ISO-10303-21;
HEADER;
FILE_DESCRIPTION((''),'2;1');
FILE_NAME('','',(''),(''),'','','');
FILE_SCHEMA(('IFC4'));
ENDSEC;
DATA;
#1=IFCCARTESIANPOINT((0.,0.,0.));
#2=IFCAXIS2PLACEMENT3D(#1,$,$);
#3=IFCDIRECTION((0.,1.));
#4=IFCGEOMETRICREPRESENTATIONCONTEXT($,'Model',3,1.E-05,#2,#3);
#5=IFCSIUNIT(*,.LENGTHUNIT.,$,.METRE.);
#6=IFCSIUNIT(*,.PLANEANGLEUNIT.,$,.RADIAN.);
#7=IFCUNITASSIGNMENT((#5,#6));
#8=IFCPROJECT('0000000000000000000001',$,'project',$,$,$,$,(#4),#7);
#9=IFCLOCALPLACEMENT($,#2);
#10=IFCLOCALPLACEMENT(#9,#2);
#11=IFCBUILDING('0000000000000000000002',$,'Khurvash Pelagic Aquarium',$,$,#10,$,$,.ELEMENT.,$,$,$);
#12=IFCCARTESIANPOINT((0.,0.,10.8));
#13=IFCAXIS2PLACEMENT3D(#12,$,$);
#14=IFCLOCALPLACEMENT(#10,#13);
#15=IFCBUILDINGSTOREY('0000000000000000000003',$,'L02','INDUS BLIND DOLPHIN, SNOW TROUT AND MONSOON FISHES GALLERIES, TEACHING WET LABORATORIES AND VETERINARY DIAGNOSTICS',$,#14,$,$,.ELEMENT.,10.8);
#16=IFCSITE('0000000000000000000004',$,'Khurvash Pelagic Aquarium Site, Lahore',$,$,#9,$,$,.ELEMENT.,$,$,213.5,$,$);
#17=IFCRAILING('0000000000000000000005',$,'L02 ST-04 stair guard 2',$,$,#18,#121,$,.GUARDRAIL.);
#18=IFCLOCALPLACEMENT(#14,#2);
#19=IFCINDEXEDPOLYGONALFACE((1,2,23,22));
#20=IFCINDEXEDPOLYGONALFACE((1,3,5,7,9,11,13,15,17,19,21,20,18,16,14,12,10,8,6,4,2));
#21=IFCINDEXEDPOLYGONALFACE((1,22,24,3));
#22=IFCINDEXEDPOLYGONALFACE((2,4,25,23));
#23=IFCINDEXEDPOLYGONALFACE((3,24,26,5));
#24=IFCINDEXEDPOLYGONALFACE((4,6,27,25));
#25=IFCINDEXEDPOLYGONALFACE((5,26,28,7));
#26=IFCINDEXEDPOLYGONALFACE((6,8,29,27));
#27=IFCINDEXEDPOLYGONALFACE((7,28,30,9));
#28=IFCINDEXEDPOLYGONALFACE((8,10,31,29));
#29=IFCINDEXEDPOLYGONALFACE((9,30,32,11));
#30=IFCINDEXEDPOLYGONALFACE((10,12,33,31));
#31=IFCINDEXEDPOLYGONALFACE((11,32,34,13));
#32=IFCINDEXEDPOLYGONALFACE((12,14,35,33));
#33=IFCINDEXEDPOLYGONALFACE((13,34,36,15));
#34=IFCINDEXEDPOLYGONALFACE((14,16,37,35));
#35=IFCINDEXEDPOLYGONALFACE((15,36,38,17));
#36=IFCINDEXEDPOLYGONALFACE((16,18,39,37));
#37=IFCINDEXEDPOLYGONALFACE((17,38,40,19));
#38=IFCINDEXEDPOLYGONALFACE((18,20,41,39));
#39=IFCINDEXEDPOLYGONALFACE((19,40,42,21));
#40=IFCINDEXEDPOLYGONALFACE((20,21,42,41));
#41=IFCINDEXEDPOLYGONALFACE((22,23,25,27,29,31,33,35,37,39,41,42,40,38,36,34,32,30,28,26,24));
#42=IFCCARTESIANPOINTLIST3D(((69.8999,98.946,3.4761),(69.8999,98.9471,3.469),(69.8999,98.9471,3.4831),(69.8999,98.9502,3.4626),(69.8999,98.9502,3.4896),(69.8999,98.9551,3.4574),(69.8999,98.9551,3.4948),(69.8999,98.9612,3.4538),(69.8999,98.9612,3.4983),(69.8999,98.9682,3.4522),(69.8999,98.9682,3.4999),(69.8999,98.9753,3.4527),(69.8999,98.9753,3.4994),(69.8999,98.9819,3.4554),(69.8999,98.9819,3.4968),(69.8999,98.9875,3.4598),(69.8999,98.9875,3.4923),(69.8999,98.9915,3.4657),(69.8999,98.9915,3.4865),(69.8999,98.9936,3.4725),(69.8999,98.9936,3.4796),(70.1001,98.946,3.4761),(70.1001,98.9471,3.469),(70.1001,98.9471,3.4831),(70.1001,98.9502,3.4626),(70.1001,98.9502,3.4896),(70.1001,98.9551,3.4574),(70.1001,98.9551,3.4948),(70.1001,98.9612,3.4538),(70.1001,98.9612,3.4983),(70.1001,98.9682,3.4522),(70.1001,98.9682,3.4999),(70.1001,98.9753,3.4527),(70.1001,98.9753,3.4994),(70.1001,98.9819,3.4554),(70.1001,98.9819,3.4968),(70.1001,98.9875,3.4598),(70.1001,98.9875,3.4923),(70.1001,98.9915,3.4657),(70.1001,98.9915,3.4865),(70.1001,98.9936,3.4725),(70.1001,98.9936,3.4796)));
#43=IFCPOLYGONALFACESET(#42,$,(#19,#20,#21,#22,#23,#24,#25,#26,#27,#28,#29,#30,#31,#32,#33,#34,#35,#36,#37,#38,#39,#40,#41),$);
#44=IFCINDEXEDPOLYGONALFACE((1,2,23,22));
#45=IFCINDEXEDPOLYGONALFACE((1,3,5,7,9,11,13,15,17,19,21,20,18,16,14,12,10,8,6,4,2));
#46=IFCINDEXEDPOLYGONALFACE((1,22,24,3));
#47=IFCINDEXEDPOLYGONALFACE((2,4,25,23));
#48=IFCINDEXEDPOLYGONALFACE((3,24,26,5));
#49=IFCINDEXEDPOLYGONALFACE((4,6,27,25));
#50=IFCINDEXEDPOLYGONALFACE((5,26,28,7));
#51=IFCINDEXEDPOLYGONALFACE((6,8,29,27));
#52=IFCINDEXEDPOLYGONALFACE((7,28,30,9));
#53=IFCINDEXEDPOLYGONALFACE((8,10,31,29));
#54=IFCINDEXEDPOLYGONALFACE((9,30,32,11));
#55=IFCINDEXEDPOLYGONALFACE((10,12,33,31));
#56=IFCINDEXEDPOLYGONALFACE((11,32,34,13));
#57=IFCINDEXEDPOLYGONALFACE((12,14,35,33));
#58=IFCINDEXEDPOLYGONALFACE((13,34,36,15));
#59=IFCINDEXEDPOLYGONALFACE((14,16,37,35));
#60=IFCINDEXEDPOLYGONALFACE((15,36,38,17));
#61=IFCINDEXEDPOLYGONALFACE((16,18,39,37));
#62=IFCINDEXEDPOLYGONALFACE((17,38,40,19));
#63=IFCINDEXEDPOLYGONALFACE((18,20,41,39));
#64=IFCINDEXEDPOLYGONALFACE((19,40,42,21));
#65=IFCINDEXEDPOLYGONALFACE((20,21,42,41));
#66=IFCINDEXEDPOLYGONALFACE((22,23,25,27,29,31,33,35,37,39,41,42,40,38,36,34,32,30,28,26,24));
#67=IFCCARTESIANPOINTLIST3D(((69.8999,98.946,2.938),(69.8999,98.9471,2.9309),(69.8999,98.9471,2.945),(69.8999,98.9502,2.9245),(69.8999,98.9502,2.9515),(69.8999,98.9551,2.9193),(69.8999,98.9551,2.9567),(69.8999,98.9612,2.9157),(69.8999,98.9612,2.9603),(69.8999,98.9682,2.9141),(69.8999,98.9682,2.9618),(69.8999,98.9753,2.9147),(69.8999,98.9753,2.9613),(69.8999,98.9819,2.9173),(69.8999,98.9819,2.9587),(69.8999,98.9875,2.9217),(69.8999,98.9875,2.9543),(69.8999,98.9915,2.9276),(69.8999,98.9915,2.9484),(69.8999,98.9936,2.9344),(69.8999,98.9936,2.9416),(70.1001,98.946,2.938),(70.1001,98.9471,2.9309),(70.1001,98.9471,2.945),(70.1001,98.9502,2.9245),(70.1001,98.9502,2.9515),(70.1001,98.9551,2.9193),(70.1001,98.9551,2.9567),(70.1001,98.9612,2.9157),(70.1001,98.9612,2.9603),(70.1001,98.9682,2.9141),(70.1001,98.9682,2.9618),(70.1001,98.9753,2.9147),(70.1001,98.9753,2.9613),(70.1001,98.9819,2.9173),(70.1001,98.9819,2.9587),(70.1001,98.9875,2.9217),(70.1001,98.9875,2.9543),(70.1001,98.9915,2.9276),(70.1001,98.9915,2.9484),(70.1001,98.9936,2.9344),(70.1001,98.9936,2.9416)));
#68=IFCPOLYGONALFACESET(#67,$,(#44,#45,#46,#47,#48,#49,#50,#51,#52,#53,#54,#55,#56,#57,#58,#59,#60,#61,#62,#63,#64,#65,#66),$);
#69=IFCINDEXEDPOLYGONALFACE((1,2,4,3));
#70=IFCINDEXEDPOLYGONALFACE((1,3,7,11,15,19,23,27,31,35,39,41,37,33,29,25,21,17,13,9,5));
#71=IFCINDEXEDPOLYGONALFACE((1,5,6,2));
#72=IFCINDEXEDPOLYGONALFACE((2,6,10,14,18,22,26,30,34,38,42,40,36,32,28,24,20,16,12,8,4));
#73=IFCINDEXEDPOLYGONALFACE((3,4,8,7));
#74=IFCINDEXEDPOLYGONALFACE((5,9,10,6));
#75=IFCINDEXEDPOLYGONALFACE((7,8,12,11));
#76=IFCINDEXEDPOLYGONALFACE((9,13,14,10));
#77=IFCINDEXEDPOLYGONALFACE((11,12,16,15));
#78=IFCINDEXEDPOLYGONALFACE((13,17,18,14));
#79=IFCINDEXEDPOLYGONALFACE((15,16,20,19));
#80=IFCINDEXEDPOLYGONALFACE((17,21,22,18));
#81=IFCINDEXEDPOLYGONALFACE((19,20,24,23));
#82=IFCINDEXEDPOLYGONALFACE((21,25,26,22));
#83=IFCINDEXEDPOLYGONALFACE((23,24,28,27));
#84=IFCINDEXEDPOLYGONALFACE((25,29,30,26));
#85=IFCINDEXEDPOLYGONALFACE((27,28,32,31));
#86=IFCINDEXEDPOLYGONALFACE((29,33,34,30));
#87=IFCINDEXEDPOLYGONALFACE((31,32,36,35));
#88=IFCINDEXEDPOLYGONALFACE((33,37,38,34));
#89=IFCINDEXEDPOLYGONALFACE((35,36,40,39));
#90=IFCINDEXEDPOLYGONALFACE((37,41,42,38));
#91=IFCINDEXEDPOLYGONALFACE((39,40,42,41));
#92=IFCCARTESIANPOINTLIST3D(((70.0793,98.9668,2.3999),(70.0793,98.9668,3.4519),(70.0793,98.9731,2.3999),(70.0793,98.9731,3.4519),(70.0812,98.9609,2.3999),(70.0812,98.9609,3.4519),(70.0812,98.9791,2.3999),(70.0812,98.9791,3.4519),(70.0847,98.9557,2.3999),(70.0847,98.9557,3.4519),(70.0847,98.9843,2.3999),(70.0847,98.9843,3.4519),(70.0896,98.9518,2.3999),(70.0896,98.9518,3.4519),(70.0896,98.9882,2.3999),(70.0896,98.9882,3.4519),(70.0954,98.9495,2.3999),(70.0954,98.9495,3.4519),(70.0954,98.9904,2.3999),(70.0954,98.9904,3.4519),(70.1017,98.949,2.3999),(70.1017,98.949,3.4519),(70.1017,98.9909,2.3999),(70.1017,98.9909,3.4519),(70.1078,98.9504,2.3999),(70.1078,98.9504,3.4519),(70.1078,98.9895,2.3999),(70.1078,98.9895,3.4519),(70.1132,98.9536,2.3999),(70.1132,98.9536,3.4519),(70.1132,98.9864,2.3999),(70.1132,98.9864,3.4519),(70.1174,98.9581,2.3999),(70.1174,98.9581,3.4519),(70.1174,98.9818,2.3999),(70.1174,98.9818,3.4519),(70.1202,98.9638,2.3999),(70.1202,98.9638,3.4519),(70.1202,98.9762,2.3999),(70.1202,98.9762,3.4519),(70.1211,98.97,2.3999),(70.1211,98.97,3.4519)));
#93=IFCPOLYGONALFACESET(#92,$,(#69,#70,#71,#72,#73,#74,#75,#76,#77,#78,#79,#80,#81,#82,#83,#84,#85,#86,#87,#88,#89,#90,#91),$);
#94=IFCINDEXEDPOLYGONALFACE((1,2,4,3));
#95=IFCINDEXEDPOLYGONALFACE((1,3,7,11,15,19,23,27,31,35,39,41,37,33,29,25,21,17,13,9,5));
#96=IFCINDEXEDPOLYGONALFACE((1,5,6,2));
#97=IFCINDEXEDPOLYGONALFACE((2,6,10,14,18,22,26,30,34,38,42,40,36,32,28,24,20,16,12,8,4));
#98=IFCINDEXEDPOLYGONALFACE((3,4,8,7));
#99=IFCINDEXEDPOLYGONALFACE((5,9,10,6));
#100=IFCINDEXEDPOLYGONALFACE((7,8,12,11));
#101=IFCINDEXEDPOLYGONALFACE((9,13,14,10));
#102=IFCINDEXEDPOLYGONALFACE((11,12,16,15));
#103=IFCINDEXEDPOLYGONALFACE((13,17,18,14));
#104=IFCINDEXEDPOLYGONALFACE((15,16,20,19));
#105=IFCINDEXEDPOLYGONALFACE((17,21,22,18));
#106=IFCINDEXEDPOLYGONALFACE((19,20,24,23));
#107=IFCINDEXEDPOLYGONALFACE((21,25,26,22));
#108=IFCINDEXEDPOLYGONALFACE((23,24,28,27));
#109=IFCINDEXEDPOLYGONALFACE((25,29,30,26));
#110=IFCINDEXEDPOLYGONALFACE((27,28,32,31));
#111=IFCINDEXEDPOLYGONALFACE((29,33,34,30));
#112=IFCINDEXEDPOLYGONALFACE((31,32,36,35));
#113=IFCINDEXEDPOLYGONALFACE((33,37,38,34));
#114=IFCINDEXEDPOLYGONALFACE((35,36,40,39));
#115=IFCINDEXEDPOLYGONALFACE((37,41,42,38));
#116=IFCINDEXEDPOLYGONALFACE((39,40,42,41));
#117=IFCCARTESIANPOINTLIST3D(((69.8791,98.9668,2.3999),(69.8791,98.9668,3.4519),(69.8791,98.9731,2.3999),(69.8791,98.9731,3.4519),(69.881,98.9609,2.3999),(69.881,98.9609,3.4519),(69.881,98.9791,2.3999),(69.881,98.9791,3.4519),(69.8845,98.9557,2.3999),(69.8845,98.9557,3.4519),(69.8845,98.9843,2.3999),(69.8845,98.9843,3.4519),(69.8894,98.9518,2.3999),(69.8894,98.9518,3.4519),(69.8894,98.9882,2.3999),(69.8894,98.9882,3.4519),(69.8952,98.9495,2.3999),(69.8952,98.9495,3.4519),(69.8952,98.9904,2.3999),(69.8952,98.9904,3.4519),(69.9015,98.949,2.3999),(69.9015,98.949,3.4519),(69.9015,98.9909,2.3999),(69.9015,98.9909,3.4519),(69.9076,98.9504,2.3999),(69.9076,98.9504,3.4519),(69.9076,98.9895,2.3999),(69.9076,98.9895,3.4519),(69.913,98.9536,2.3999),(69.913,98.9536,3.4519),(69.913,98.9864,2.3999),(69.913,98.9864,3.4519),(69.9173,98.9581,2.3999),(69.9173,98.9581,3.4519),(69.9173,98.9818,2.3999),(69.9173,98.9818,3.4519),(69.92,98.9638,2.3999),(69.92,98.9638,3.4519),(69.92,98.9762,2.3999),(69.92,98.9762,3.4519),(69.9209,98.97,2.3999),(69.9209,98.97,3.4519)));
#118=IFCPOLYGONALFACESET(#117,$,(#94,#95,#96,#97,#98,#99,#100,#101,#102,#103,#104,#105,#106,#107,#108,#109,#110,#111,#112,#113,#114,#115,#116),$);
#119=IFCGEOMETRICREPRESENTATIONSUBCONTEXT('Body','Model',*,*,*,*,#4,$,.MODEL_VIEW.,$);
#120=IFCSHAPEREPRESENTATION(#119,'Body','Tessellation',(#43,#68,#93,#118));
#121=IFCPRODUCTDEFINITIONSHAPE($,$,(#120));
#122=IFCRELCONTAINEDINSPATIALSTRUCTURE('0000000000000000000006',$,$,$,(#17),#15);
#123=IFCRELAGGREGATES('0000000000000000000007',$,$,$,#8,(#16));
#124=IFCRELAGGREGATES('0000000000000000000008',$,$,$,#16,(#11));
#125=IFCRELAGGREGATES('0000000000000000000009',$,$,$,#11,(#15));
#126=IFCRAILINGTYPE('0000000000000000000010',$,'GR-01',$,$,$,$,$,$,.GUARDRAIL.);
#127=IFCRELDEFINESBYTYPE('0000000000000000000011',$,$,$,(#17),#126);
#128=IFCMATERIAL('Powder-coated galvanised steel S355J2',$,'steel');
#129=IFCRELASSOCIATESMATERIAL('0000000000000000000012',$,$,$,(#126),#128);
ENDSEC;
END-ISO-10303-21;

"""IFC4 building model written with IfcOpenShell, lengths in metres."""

from ifc_helpers import new_model, si_unit, direction, frame, origin, origin_2d, place, context, subcontext, project, spatial, circle, extrude, material, type_object, element, save


model = new_model("IFC4")

# Units and contexts
model_context = context("Model", 3, precision=1e-05, world=origin(), true_north=direction((0.0, 1.0)))
body_context = subcontext(model_context, "Body", "Model", "MODEL_VIEW")
ifc_project = project(units=[si_unit("LENGTHUNIT", "METRE"), si_unit("PLANEANGLEUNIT", "RADIAN")], contexts=[model_context])

# Site, building, storey
site_placement = place(None, origin())
site = spatial("IfcSite", under=ifc_project, at=site_placement, Name="Khurvash Pelagic Aquarium Site, Lahore", CompositionType="ELEMENT", RefElevation=213.5)
building_placement = place(site_placement, origin())
building = spatial("IfcBuilding", under=site, at=building_placement, Name="Khurvash Pelagic Aquarium", CompositionType="ELEMENT")
storey_placement = place(building_placement, frame((0.0, 0.0, 10.8)))
storey = spatial("IfcBuildingStorey", under=building, at=storey_placement, Name="L02", Description="INDUS BLIND DOLPHIN, SNOW TROUT AND MONSOON FISHES GALLERIES, TEACHING WET LABORATORIES AND VETERINARY DIAGNOSTICS", CompositionType="ELEMENT", Elevation=10.8)

# Railing
ifc_material_1 = material(Name="Powder-coated galvanised steel S355J2", Category="steel")
railing_type_1 = type_object("IfcRailingType", Name="GR-01", PredefinedType="GUARDRAIL", material=ifc_material_1)
railing_1_placement = place(storey_placement, frame((70.1001, 98.97, 2.3999)))
element("IfcRailing", 1, at=railing_1_placement, inside=storey, type_object=railing_type_1, Name="L02 ST-04 stair guard 2", PredefinedType="GUARDRAIL", context=body_context, shape_type="SweptSolid", body=[
    extrude(circle(Radius=0.0239, at=origin_2d()), frame((0.0, 0.0, 1.0762), z_axis=(-1.0, 0.0, 0.0), x_axis=(0.0, -1.0, 0.0)), (0.0, 0.0, 1.0), 0.2002),
    extrude(circle(Radius=0.0239, at=origin_2d()), frame((0.0, 0.0, 0.5381), z_axis=(-1.0, 0.0, 0.0), x_axis=(0.0, -1.0, 0.0)), (0.0, 0.0, 1.0), 0.2002),
    extrude(circle(Radius=0.021, at=origin_2d()), origin(), (0.0, 0.0, 1.0), 1.052),
    extrude(circle(Radius=0.021, at=origin_2d()), frame((-0.2002, 0.0, 0.0)), (0.0, 0.0, 1.0), 1.052),
])

save(model, "model.ifc")
